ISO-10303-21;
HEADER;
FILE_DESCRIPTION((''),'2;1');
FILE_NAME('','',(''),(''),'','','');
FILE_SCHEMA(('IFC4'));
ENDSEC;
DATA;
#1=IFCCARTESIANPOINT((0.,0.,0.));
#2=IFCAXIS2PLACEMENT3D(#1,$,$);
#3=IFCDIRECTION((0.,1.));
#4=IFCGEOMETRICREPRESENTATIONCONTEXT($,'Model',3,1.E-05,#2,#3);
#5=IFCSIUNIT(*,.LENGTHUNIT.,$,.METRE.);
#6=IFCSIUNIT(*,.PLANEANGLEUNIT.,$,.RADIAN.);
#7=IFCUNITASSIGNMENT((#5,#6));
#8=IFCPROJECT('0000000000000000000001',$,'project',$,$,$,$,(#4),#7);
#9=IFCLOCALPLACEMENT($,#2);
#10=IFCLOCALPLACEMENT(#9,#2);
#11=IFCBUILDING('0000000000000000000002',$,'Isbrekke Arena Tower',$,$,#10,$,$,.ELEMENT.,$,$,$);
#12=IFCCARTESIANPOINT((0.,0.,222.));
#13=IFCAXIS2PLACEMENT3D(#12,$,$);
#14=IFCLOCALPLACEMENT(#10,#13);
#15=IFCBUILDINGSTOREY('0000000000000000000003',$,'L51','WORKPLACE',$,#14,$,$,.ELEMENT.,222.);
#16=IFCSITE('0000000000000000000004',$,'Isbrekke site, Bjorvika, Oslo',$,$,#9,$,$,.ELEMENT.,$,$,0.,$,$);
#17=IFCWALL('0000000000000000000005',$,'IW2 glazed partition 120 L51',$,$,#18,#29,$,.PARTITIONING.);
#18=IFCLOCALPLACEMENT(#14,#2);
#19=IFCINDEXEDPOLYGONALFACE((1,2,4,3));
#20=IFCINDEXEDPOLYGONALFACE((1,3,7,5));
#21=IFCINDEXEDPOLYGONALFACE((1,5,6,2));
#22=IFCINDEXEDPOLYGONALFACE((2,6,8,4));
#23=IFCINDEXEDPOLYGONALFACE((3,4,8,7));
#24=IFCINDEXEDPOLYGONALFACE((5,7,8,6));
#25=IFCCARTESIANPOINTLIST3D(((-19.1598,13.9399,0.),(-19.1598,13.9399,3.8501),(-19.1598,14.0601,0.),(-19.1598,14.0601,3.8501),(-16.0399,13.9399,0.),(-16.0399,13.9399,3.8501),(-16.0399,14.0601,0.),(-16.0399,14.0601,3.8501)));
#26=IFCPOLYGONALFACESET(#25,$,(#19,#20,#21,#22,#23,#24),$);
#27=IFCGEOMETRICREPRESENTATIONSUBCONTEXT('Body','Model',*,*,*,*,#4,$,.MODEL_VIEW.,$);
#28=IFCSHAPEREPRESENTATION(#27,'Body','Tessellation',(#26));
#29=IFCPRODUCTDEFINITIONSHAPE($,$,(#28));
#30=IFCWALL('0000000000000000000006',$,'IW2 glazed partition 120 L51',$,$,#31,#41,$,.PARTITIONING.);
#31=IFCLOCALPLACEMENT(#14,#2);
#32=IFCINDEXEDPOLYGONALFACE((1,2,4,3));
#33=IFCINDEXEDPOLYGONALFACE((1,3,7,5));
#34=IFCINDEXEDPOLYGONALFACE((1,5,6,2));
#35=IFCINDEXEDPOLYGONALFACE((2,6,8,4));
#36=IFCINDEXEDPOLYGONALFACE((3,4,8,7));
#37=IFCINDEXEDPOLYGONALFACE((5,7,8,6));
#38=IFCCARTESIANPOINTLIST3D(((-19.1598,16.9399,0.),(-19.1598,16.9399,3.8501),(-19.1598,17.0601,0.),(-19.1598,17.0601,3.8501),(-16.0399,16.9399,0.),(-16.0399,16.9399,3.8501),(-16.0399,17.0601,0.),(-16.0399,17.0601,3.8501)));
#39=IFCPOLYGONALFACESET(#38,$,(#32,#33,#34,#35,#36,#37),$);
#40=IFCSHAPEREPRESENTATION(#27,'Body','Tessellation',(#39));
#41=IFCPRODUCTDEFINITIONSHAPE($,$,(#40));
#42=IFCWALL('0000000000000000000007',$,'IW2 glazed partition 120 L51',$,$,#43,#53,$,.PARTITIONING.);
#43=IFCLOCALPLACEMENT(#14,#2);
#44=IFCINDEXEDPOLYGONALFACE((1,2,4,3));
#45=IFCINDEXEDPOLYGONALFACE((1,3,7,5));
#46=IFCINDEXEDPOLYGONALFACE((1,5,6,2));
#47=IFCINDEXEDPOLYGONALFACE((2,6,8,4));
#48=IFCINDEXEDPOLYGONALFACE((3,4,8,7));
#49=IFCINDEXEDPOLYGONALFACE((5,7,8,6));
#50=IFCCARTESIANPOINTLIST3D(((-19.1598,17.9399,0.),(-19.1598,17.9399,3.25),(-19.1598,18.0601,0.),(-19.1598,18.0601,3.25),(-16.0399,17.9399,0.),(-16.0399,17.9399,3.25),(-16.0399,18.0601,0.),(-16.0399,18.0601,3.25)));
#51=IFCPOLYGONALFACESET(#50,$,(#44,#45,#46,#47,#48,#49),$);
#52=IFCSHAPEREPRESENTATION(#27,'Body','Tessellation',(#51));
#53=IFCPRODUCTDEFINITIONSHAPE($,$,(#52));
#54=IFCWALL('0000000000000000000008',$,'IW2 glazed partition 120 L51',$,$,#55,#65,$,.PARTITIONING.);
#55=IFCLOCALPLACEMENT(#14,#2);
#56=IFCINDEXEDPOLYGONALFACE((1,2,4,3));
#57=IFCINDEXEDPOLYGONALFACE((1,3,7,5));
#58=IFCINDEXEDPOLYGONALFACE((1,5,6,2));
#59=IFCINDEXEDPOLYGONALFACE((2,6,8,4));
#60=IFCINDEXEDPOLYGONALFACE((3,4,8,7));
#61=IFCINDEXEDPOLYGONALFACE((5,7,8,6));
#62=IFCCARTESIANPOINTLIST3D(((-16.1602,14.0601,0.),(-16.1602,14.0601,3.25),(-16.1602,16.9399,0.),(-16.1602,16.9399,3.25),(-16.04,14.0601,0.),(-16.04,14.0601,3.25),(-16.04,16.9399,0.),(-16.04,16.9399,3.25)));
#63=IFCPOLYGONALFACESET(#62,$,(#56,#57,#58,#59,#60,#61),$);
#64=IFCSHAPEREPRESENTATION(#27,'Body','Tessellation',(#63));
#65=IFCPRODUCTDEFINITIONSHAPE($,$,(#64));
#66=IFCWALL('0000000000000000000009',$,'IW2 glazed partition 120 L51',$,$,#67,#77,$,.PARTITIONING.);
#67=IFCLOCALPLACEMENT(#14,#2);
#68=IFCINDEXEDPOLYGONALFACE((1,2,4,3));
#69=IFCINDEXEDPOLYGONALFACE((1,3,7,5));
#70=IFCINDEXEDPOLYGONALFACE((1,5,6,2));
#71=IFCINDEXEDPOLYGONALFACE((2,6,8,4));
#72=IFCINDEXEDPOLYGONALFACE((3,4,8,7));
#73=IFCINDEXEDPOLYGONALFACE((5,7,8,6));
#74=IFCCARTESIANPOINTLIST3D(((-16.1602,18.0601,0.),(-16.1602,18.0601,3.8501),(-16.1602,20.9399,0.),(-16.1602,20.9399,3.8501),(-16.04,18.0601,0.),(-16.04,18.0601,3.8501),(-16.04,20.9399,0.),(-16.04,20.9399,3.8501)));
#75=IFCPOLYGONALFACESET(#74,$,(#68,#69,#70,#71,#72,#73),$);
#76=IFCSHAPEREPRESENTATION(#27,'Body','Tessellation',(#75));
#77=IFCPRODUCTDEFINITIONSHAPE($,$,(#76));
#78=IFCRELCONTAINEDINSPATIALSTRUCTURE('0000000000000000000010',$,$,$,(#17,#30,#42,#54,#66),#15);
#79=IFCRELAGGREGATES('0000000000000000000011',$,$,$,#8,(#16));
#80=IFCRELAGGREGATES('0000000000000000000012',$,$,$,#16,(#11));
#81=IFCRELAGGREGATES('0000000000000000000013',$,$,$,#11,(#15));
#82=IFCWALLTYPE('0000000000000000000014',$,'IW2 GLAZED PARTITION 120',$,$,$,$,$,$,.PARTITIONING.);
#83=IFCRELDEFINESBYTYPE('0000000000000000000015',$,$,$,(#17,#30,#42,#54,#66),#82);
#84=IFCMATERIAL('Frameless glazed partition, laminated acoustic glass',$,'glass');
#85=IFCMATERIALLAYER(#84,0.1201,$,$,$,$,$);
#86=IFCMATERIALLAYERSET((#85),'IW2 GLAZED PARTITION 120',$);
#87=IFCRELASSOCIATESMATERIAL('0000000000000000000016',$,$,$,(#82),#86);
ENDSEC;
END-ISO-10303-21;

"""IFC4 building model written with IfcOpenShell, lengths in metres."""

from ifc_helpers import new_model, si_unit, direction, frame, frame_2d, origin, place, context, subcontext, project, spatial, rectangle, extrude, material, layer, layer_set, type_object, element, save


model = new_model("IFC4")

# Units and contexts
model_context = context("Model", 3, precision=1e-05, world=origin(), true_north=direction((0.0, 1.0)))
body_context = subcontext(model_context, "Body", "Model", "MODEL_VIEW")
ifc_project = project(units=[si_unit("LENGTHUNIT", "METRE"), si_unit("PLANEANGLEUNIT", "RADIAN")], contexts=[model_context])

# Site, building, storey
site_placement = place(None, origin())
site = spatial("IfcSite", under=ifc_project, at=site_placement, Name="Isbrekke site, Bjorvika, Oslo", CompositionType="ELEMENT", RefElevation=0.0)
building_placement = place(site_placement, origin())
building = spatial("IfcBuilding", under=site, at=building_placement, Name="Isbrekke Arena Tower", CompositionType="ELEMENT")
storey_placement = place(building_placement, frame((0.0, 0.0, 222.0)))
storey = spatial("IfcBuildingStorey", under=building, at=storey_placement, Name="L51", Description="WORKPLACE", CompositionType="ELEMENT", Elevation=222.0)

# Walls
ifc_material_1 = material(Name="Frameless glazed partition, laminated acoustic glass", Category="glass")
ifc_layer_1 = layer(ifc_material_1, 0.1201)
ifc_layer_set_1 = layer_set([ifc_layer_1], Name="IW2 GLAZED PARTITION 120")
wall_type_1 = type_object("IfcWallType", Name="IW2 GLAZED PARTITION 120", PredefinedType="PARTITIONING", material=ifc_layer_set_1)
for number, where, z_axis, x_axis, name in (
    (1, (-19.1599, 14.0, 0.0), (0.0, 0.0, 1.0), (1.0, 0.0, 0.0), "IW2 glazed partition 120 L51"),
    (2, (-19.1599, 17.0, 0.0), (0.0, 0.0, 1.0), (1.0, 0.0, 0.0), "IW2 glazed partition 120 L51"),
):
    element("IfcWall", number, at=place(storey_placement, frame(where, z_axis=z_axis, x_axis=x_axis)), inside=storey, type_object=wall_type_1, Name=name, PredefinedType="PARTITIONING", context=body_context, shape_type="SweptSolid", body=[
        extrude(rectangle(XDim=3.1199, YDim=0.1201, at=frame_2d((1.5601, 0.0))), origin(), (0.0, 0.0, 1.0), 3.8501),
    ])
wall_1_placement = place(storey_placement, frame((-19.1599, 18.0, 0.0), z_axis=(0.0, 0.0, 1.0), x_axis=(1.0, 0.0, 0.0)))
element("IfcWall", 3, at=wall_1_placement, inside=storey, type_object=wall_type_1, Name="IW2 glazed partition 120 L51", PredefinedType="PARTITIONING", context=body_context, shape_type="SweptSolid", body=[
    extrude(rectangle(XDim=3.1199, YDim=0.1201, at=frame_2d((1.5601, 0.0))), origin(), (0.0, 0.0, 1.0), 3.25),
])

# Walls
wall_2_placement = place(storey_placement, frame((-16.1001, 14.0601, 0.0), z_axis=(0.0, 0.0, 1.0), x_axis=(0.0, 1.0, 0.0)))
element("IfcWall", 4, at=wall_2_placement, inside=storey, type_object=wall_type_1, Name="IW2 glazed partition 120 L51", PredefinedType="PARTITIONING", context=body_context, shape_type="SweptSolid", body=[
    extrude(rectangle(XDim=2.8799, YDim=0.1201, at=frame_2d((1.4399, 0.0))), origin(), (0.0, 0.0, 1.0), 3.25),
])
wall_3_placement = place(storey_placement, frame((-16.1001, 18.0601, 0.0), z_axis=(0.0, 0.0, 1.0), x_axis=(0.0, 1.0, 0.0)))
element("IfcWall", 5, at=wall_3_placement, inside=storey, type_object=wall_type_1, Name="IW2 glazed partition 120 L51", PredefinedType="PARTITIONING", context=body_context, shape_type="SweptSolid", body=[
    extrude(rectangle(XDim=2.8799, YDim=0.1201, at=frame_2d((1.4399, 0.0))), origin(), (0.0, 0.0, 1.0), 3.8501),
])

save(model, "model.ifc")
